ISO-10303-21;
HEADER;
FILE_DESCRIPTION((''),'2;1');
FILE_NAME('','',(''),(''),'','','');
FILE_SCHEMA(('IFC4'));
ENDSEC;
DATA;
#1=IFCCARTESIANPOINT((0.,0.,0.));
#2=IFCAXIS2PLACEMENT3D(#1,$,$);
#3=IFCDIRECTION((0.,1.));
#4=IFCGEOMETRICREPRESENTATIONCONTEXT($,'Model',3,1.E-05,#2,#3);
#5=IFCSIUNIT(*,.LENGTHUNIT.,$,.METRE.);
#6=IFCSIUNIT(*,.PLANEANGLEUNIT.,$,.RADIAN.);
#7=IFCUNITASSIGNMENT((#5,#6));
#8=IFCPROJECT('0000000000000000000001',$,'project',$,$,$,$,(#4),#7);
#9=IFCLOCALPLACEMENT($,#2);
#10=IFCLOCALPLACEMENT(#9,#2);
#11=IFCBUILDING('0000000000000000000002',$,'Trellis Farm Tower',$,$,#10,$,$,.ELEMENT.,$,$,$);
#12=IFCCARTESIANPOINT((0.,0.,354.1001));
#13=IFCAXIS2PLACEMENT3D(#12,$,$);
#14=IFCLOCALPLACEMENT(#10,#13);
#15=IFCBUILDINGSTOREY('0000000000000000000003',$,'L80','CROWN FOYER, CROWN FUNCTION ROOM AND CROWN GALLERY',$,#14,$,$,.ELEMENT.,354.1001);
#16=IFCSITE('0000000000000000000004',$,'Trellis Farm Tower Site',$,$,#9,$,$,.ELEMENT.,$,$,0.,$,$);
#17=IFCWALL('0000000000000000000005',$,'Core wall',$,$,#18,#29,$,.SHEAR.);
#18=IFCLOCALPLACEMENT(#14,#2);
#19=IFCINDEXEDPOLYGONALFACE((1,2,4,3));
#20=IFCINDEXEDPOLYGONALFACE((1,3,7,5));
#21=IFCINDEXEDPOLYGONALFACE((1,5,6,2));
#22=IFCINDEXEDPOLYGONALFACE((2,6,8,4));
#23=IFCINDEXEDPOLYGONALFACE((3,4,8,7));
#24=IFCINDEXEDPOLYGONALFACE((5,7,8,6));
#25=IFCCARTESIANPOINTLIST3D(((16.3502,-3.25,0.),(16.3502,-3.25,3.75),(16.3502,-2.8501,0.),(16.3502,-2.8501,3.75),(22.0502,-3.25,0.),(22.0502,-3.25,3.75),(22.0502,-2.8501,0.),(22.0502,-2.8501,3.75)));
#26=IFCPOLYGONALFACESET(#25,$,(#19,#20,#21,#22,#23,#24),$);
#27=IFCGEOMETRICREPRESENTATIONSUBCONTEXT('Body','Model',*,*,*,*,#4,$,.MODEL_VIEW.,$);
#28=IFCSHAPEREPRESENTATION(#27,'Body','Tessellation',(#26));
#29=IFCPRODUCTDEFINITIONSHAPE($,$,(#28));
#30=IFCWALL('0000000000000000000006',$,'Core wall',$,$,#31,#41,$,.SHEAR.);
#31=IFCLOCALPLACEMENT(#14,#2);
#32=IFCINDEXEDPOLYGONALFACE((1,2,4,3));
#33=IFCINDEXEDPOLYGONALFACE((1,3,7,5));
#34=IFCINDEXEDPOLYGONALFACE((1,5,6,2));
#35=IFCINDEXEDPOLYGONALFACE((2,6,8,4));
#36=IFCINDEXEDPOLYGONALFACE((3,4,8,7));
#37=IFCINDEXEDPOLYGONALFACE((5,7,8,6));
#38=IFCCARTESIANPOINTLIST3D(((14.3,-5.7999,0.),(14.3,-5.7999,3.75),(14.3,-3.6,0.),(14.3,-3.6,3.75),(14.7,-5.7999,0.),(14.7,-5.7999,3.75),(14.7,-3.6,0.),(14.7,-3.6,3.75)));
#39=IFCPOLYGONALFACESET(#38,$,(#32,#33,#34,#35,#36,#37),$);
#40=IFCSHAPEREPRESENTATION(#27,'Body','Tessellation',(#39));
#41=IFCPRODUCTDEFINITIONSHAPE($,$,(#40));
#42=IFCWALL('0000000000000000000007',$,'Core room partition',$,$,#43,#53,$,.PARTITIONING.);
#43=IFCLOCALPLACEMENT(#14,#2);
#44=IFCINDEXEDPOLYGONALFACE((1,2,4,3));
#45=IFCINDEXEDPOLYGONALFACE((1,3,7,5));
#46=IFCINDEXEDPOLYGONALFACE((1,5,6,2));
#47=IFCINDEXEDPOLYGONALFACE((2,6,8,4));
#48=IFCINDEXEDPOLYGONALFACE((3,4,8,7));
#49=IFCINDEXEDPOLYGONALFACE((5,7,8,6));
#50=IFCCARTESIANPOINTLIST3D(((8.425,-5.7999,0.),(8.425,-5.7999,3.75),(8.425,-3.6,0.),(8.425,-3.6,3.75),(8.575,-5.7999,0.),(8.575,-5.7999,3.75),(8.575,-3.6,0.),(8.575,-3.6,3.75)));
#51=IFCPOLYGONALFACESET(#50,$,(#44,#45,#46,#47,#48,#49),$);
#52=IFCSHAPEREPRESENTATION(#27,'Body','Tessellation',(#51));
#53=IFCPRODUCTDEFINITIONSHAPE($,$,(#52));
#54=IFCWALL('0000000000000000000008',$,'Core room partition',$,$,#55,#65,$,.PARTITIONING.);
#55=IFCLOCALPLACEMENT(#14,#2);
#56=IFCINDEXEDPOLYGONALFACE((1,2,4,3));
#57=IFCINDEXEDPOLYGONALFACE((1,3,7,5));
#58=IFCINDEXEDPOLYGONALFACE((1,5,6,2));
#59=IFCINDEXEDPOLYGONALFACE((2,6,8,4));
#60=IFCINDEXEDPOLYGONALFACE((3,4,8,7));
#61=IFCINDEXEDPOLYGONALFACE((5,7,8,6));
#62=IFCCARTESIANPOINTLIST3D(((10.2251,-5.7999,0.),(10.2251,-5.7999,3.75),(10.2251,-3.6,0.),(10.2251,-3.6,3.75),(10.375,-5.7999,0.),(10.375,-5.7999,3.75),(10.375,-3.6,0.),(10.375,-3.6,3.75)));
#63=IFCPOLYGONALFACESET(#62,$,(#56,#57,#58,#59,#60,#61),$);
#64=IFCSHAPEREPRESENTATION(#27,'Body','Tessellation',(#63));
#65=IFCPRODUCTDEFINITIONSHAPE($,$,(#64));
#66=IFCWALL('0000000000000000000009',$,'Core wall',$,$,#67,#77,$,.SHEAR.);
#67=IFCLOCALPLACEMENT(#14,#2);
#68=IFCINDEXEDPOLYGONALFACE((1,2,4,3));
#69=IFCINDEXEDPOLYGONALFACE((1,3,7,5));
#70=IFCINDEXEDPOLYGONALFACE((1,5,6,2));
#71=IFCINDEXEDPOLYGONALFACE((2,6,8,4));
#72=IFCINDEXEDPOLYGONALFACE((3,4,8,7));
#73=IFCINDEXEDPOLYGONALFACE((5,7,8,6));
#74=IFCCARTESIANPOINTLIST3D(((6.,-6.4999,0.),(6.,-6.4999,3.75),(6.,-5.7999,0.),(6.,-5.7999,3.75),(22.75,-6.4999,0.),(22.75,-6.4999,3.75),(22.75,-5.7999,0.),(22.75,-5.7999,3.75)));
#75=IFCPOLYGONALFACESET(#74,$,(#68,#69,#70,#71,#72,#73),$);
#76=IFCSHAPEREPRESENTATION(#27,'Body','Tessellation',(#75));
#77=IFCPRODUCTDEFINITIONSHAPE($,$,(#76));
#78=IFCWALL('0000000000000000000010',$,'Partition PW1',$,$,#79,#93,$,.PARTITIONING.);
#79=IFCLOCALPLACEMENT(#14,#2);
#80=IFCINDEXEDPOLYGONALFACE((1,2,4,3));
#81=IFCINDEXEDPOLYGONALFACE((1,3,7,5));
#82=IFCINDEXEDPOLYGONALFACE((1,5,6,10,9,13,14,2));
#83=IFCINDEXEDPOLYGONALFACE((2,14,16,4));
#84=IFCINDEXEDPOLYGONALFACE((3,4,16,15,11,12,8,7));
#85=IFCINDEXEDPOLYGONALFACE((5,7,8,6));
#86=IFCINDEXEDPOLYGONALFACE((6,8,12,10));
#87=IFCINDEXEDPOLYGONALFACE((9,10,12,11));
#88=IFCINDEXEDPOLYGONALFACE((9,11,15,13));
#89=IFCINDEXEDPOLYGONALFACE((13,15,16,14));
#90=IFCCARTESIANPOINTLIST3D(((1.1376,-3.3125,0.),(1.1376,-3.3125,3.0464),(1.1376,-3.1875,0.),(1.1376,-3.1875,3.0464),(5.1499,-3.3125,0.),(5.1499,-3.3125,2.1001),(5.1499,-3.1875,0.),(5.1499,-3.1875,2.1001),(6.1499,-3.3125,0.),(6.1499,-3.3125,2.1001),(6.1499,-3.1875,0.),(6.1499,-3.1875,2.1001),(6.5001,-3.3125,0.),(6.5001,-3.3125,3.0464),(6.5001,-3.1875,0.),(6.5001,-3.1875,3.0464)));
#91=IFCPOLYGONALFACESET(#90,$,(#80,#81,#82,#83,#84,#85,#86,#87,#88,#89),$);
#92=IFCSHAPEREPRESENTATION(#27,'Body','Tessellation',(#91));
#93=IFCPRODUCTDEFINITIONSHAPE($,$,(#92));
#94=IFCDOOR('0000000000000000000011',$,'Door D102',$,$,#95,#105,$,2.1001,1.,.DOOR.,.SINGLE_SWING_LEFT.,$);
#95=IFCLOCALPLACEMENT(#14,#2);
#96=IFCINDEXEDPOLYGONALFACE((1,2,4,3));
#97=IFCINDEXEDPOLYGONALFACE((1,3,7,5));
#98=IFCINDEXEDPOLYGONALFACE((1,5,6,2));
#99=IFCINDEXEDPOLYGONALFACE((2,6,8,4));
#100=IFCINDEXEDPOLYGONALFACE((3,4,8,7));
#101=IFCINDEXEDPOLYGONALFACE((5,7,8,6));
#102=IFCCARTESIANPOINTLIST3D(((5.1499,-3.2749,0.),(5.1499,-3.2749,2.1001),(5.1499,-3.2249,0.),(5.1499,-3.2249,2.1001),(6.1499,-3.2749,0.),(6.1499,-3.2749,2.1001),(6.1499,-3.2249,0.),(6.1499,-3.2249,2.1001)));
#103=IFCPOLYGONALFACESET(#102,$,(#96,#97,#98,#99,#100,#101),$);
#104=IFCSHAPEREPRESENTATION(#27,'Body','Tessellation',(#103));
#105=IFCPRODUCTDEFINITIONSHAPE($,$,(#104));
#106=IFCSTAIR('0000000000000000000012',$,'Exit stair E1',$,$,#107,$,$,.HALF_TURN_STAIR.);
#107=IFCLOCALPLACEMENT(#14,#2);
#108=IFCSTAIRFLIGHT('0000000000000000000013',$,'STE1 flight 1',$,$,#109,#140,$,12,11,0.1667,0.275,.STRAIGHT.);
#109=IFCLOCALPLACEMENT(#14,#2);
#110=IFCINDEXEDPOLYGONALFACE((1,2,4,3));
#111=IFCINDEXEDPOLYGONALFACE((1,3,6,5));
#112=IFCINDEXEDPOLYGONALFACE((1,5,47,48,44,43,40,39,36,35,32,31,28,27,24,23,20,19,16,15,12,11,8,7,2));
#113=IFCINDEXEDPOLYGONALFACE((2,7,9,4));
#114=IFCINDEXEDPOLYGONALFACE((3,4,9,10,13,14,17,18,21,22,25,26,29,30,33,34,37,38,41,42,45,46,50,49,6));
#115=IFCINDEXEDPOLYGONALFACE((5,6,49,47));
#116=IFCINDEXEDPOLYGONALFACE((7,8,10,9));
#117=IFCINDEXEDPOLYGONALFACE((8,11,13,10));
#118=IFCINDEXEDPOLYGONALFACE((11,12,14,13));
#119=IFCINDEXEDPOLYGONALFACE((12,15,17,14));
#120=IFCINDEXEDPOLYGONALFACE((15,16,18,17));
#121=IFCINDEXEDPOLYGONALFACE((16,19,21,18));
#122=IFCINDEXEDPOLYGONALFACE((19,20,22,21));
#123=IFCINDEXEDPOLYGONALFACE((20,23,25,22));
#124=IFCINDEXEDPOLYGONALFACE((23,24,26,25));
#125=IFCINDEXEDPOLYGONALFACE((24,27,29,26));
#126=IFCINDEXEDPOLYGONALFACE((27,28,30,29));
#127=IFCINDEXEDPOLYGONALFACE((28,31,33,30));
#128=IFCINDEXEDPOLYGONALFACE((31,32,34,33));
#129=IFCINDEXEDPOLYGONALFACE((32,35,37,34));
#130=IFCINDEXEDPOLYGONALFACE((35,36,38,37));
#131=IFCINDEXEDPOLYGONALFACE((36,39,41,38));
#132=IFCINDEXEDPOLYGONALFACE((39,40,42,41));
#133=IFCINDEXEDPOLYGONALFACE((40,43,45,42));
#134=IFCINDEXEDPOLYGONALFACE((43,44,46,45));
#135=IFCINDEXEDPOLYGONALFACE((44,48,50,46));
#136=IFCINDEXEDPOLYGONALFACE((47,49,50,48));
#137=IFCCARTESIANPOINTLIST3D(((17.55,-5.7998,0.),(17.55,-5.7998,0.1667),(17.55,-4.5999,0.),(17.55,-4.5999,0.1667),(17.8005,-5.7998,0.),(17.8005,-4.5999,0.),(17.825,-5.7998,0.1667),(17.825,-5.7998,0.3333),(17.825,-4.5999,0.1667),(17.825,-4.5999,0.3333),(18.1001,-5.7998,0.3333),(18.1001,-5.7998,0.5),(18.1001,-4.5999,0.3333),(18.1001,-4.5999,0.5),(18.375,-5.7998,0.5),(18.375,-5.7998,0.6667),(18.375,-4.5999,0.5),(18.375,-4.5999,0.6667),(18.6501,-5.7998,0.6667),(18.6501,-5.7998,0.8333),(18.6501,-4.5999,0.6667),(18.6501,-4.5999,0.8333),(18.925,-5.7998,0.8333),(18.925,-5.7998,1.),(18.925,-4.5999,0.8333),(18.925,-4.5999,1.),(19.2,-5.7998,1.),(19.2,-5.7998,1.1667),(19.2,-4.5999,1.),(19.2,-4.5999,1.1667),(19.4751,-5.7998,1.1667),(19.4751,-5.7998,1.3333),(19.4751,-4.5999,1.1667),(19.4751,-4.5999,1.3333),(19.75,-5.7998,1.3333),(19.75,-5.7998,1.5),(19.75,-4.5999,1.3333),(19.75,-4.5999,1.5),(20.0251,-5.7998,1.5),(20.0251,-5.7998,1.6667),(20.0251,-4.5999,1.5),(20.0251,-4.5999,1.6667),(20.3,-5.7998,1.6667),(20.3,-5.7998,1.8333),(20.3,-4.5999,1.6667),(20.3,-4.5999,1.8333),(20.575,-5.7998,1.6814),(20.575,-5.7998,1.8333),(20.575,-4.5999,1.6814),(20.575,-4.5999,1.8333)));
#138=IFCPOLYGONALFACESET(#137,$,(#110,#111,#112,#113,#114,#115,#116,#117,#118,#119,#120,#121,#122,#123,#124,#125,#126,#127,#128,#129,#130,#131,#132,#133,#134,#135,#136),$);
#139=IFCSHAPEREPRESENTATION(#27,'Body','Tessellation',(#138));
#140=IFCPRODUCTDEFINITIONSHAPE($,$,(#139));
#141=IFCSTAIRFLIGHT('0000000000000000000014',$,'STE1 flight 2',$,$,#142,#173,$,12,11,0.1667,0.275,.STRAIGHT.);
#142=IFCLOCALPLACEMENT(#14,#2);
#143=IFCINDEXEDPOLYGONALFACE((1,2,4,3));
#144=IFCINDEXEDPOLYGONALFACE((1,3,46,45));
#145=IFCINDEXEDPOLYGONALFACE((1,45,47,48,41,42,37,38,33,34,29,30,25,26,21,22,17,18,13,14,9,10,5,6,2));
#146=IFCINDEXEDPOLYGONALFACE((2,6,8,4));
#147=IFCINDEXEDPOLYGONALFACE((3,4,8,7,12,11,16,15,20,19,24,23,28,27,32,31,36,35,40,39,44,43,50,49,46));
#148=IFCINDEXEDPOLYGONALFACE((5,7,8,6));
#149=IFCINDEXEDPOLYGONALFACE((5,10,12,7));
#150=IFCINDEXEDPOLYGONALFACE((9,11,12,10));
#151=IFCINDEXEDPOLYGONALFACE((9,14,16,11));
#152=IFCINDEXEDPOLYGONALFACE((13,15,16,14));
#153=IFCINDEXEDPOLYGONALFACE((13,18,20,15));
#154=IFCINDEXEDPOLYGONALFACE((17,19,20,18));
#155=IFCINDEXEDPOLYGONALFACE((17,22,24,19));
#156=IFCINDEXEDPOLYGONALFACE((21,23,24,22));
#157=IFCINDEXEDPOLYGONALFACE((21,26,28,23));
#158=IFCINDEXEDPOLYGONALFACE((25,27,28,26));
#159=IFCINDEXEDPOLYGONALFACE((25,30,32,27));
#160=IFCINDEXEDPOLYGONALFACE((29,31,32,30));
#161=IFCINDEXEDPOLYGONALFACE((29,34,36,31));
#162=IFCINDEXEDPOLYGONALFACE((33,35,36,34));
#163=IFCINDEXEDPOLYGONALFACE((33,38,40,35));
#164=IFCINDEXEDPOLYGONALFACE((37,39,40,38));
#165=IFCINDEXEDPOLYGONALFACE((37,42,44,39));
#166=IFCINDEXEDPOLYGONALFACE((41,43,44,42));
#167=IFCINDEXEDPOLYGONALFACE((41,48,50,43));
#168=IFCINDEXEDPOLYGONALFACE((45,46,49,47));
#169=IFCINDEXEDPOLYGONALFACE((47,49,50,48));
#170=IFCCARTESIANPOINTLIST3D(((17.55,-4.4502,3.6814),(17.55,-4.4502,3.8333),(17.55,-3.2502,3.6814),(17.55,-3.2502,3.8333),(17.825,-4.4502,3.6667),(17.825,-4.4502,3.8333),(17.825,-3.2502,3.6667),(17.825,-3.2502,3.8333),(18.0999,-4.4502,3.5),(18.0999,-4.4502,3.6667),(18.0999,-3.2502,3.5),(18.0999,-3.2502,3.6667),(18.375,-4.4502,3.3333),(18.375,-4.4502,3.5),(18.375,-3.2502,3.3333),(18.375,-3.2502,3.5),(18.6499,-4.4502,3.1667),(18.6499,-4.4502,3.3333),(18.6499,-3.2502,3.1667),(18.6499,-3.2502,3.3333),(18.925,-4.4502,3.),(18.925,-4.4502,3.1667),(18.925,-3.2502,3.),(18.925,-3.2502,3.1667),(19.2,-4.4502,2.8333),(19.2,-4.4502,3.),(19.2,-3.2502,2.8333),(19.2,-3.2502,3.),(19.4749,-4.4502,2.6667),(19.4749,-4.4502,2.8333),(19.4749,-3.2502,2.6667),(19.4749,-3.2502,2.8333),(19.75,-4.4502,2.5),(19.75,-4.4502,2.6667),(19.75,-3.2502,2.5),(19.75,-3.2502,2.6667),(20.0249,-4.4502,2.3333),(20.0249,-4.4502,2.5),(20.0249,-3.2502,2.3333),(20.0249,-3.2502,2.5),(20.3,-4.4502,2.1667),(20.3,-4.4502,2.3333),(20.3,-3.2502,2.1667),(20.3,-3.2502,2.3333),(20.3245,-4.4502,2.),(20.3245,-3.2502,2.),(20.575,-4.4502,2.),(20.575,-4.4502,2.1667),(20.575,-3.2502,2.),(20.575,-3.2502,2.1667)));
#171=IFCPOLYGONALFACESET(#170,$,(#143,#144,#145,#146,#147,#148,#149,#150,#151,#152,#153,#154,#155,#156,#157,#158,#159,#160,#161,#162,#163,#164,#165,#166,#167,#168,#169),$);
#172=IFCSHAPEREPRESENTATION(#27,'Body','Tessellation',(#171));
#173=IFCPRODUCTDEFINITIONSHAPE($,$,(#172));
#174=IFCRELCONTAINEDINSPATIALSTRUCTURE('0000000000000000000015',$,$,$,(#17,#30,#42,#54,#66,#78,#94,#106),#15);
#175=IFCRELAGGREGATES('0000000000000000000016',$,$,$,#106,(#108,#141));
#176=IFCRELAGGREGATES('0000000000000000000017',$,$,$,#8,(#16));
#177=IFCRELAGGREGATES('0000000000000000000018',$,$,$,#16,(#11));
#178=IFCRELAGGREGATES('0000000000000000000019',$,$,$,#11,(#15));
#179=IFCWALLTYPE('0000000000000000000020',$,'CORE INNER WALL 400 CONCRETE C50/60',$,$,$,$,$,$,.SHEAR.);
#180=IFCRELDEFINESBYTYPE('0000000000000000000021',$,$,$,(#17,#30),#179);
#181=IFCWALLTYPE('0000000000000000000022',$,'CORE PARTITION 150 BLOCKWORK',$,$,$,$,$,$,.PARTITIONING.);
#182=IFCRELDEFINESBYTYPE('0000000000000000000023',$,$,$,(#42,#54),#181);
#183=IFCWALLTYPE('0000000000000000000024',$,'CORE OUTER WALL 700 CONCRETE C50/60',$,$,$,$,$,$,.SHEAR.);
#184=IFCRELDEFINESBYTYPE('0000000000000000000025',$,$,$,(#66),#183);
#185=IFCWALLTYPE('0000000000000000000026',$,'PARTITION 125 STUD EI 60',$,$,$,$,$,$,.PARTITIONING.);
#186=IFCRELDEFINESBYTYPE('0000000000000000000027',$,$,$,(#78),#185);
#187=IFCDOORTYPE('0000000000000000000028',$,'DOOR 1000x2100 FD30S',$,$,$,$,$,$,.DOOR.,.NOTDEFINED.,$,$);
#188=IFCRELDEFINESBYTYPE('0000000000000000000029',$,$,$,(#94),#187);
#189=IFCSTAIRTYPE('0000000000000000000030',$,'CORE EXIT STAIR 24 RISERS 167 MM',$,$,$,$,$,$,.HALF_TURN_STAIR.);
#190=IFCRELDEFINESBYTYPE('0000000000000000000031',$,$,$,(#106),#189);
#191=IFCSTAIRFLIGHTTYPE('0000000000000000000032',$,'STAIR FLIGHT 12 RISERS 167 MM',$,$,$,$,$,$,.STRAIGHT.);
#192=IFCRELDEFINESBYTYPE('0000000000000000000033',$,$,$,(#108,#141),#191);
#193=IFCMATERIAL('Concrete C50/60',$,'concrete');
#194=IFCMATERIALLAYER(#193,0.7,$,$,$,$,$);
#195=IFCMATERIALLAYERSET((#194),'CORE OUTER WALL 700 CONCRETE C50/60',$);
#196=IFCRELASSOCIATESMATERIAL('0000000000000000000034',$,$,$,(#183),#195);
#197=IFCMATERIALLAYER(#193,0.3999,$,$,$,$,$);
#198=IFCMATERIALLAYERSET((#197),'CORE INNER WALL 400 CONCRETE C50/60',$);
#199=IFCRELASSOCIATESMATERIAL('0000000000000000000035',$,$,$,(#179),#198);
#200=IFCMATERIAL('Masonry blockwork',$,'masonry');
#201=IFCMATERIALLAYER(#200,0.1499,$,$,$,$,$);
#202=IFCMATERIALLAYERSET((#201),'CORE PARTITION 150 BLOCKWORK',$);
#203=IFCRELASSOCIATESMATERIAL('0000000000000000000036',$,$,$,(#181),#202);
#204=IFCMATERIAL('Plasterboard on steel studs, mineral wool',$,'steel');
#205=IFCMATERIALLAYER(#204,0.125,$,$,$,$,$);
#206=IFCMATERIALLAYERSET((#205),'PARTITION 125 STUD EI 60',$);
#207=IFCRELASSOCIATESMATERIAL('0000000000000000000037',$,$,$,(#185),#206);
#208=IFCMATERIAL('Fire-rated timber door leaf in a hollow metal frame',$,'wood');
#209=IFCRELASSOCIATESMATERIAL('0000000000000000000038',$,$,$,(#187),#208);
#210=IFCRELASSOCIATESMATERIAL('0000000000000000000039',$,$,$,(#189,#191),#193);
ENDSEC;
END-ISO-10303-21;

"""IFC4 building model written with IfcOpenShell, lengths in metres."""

from ifc_helpers import new_model, si_unit, direction, frame, frame_2d, origin, place, context, subcontext, project, spatial, polyline, rectangle, outline, extrude, source, transform, mapped, material, layer, layer_set, type_object, element, fill, aggregate, save


model = new_model("IFC4")

# Units and contexts
model_context = context("Model", 3, precision=1e-05, world=origin(), true_north=direction((0.0, 1.0)))
body_context = subcontext(model_context, "Body", "Model", "MODEL_VIEW")
ifc_project = project(units=[si_unit("LENGTHUNIT", "METRE"), si_unit("PLANEANGLEUNIT", "RADIAN")], contexts=[model_context])

# Site, building, storey
site_placement = place(None, origin())
site = spatial("IfcSite", under=ifc_project, at=site_placement, Name="Trellis Farm Tower Site", CompositionType="ELEMENT", RefElevation=0.0)
building_placement = place(site_placement, origin())
building = spatial("IfcBuilding", under=site, at=building_placement, Name="Trellis Farm Tower", CompositionType="ELEMENT")
storey_placement = place(building_placement, frame((0.0, 0.0, 354.1001)))
storey = spatial("IfcBuildingStorey", under=building, at=storey_placement, Name="L80", Description="CROWN FOYER, CROWN FUNCTION ROOM AND CROWN GALLERY", CompositionType="ELEMENT", Elevation=354.1001)

# Shared definitions
ifc_material_1 = material(Name="Concrete C50/60", Category="concrete")

# Shared definitions
placement = place(storey_placement, origin())

# Shared definitions
ifc_layer_1 = layer(ifc_material_1, 0.7)
ifc_layer_set_1 = layer_set([ifc_layer_1], Name="CORE OUTER WALL 700 CONCRETE C50/60")
wall_type_1 = type_object("IfcWallType", Name="CORE OUTER WALL 700 CONCRETE C50/60", PredefinedType="SHEAR", material=ifc_layer_set_1)

# Shared definitions
ifc_layer_2 = layer(ifc_material_1, 0.3999)
ifc_layer_set_2 = layer_set([ifc_layer_2], Name="CORE INNER WALL 400 CONCRETE C50/60")
wall_type_2 = type_object("IfcWallType", Name="CORE INNER WALL 400 CONCRETE C50/60", PredefinedType="SHEAR", material=ifc_layer_set_2)

# Shared definitions
shared_shape_1 = source(origin(), body_context, "Body", "SweptSolid", [
    extrude(rectangle(XDim=1.0, YDim=2.1001, at=frame_2d((0.5, 1.05))), frame((0.0, 0.0249, 0.0), z_axis=(0.0, -1.0, 0.0), x_axis=(1.0, 0.0, 0.0)), (0.0, 0.0, 1.0), 0.05),
])

# Walls
shared_shape_2 = source(origin(), body_context, "Body", "SweptSolid", [
    extrude(rectangle(XDim=5.7, YDim=0.3999, at=frame_2d((2.8501, 0.0))), origin(), (0.0, 0.0, 1.0), 3.75),
])
wall_1_placement = place(storey_placement, frame((16.3501, -3.05, 0.0), z_axis=(0.0, 0.0, 1.0), x_axis=(1.0, 0.0, 0.0)))
element("IfcWall", 1, at=wall_1_placement, inside=storey, type_object=wall_type_2, Name="Core wall", PredefinedType="SHEAR", context=body_context, shape_type="MappedRepresentation", body=[
    mapped(shared_shape_2, transform((0.0, 0.0, 0.0))),
])
shared_shape_3 = source(origin(), body_context, "Body", "SweptSolid", [
    extrude(rectangle(XDim=2.2, YDim=0.3999, at=frame_2d((1.1001, 0.0))), origin(), (0.0, 0.0, 1.0), 3.75),
])
wall_2_placement = place(storey_placement, frame((14.5, -5.8, 0.0), z_axis=(0.0, 0.0, 1.0), x_axis=(0.0, 1.0, 0.0)))
element("IfcWall", 2, at=wall_2_placement, inside=storey, type_object=wall_type_2, Name="Core wall", PredefinedType="SHEAR", context=body_context, shape_type="MappedRepresentation", body=[
    mapped(shared_shape_3, transform((0.0, 0.0, 0.0))),
])
ifc_material_2 = material(Name="Masonry blockwork", Category="masonry")
ifc_layer_3 = layer(ifc_material_2, 0.1499)
ifc_layer_set_3 = layer_set([ifc_layer_3], Name="CORE PARTITION 150 BLOCKWORK")
wall_type_3 = type_object("IfcWallType", Name="CORE PARTITION 150 BLOCKWORK", PredefinedType="PARTITIONING", material=ifc_layer_set_3)
shared_shape_4 = source(origin(), body_context, "Body", "SweptSolid", [
    extrude(rectangle(XDim=2.2, YDim=0.1499, at=frame_2d((1.1001, 0.0))), origin(), (0.0, 0.0, 1.0), 3.75),
])
for number, where, z_axis, x_axis, name in (
    (3, (8.5, -5.8, 0.0), (0.0, 0.0, 1.0), (0.0, 1.0, 0.0), "Core room partition"),
    (4, (10.3, -5.8, 0.0), (0.0, 0.0, 1.0), (0.0, 1.0, 0.0), "Core room partition"),
):
    element("IfcWall", number, at=place(storey_placement, frame(where, z_axis=z_axis, x_axis=x_axis)), inside=storey, type_object=wall_type_3, Name=name, PredefinedType="PARTITIONING", context=body_context, shape_type="MappedRepresentation", body=[
        mapped(shared_shape_4, transform((0.0, 0.0, 0.0))),
    ])
shared_shape_5 = source(origin(), body_context, "Body", "SweptSolid", [
    extrude(rectangle(XDim=16.75, YDim=0.7, at=frame_2d((8.375, 0.0))), origin(), (0.0, 0.0, 1.0), 3.75),
])
wall_3_placement = place(storey_placement, frame((6.0, -6.1499, 0.0), z_axis=(0.0, 0.0, 1.0), x_axis=(1.0, 0.0, 0.0)))
element("IfcWall", 5, at=wall_3_placement, inside=storey, type_object=wall_type_1, Name="Core wall", PredefinedType="SHEAR", context=body_context, shape_type="MappedRepresentation", body=[
    mapped(shared_shape_5, transform((0.0, 0.0, 0.0))),
])

# Wall, opening, door
ifc_material_3 = material(Name="Plasterboard on steel studs, mineral wool", Category="steel")
ifc_layer_4 = layer(ifc_material_3, 0.125)
ifc_layer_set_4 = layer_set([ifc_layer_4], Name="PARTITION 125 STUD EI 60")
wall_type_4 = type_object("IfcWallType", Name="PARTITION 125 STUD EI 60", PredefinedType="PARTITIONING", material=ifc_layer_set_4)
shared_shape_6 = source(origin(), body_context, "Body", "SweptSolid", [
    extrude(rectangle(XDim=5.3625, YDim=0.125, at=frame_2d((2.6812, 0.0))), origin(), (0.0, 0.0, 1.0), 3.0464),
])
wall_4_placement = place(storey_placement, frame((6.5, -3.25, 0.0), z_axis=(0.0, 0.0, 1.0), x_axis=(-1.0, 0.0, 0.0)))
wall_4 = element("IfcWall", 6, at=wall_4_placement, inside=storey, type_object=wall_type_4, Name="Partition PW1", PredefinedType="PARTITIONING", context=body_context, shape_type="MappedRepresentation", body=[
    mapped(shared_shape_6, transform((0.0, 0.0, 0.0))),
])
shared_shape_7 = source(origin(), body_context, "Body", "SweptSolid", [
    extrude(rectangle(XDim=1.0, YDim=2.1001, at=frame_2d((0.5, 1.05))), frame((0.0, 0.0725, 0.0), z_axis=(0.0, -1.0, 0.0), x_axis=(1.0, 0.0, 0.0)), (0.0, 0.0, 1.0), 0.145),
])
opening_1_placement = place(wall_4_placement, frame((0.3501, 0.0, 0.0)))
opening_1 = element("IfcOpeningElement", 7, at=opening_1_placement, cuts=wall_4, PredefinedType="OPENING", context=body_context, shape_type="MappedRepresentation", body=[
    mapped(shared_shape_7, transform((0.0, 0.0, 0.0))),
])
ifc_material_4 = material(Name="Fire-rated timber door leaf in a hollow metal frame", Category="wood")
door_type_1 = type_object("IfcDoorType", Name="DOOR 1000x2100 FD30S", OperationType="NOTDEFINED", PredefinedType="DOOR", material=ifc_material_4)
door_1_placement = place(opening_1_placement, origin())
door_1 = element("IfcDoor", 8, at=door_1_placement, inside=storey, type_object=door_type_1, Name="Door D102", OperationType="SINGLE_SWING_LEFT", OverallHeight=2.1001, OverallWidth=1.0, PredefinedType="DOOR", context=body_context, shape_type="MappedRepresentation", body=[
    mapped(shared_shape_1, transform((0.0, 0.0, 0.0))),
])
fill(opening_1, door_1)

# Stair, stair flights
stair_type = type_object("IfcStairType", Name="CORE EXIT STAIR 24 RISERS 167 MM", PredefinedType="HALF_TURN_STAIR", material=ifc_material_1)
stair_1 = element("IfcStair", 9, at=placement, inside=storey, type_object=stair_type, Name="Exit stair E1", PredefinedType="HALF_TURN_STAIR")
stair_flight_type = type_object("IfcStairFlightType", Name="STAIR FLIGHT 12 RISERS 167 MM", PredefinedType="STRAIGHT", material=ifc_material_1)
shared_shape_8 = source(origin(), body_context, "Body", "SweptSolid", [
    extrude(outline(polyline([(0.0, 0.0), (0.0, 0.1667), (0.2749, 0.1667), (0.2749, 0.3333), (0.55, 0.3333), (0.55, 0.5), (0.825, 0.5), (0.825, 0.6667), (1.1001, 0.6667), (1.1001, 0.8333), (1.375, 0.8333), (1.375, 1.0), (1.6499, 1.0), (1.6499, 1.1667), (1.925, 1.1667), (1.925, 1.3333), (2.2, 1.3333), (2.2, 1.5), (2.4751, 1.5), (2.4751, 1.6667), (2.75, 1.6667), (2.75, 1.8333), (3.0249, 1.8333), (3.0249, 2.0), (3.0249, 1.6814), (0.2505, 0.0), (0.0, 0.0)])), frame((0.0, 0.6001, 0.0), z_axis=(0.0, -1.0, 0.0), x_axis=(1.0, 0.0, 0.0)), (0.0, 0.0, 1.0), 1.2),
])
stair_flight_1_placement = place(storey_placement, frame((17.55, -5.2, 0.0), z_axis=(0.0, 0.0, 1.0), x_axis=(1.0, 0.0, 0.0)))
stair_flight_1 = element("IfcStairFlight", 10, at=stair_flight_1_placement, type_object=stair_flight_type, Name="STE1 flight 1", NumberOfRisers=12, NumberOfTreads=11, PredefinedType="STRAIGHT", RiserHeight=0.1667, TreadLength=0.275, context=body_context, shape_type="MappedRepresentation", body=[
    mapped(shared_shape_8, transform((0.0, 0.0, 0.0))),
])
stair_flight_2_placement = place(storey_placement, frame((20.575, -3.8501, 2.0), z_axis=(0.0, 0.0, 1.0), x_axis=(-1.0, 0.0, 0.0)))
stair_flight_2 = element("IfcStairFlight", 11, at=stair_flight_2_placement, type_object=stair_flight_type, Name="STE1 flight 2", NumberOfRisers=12, NumberOfTreads=11, PredefinedType="STRAIGHT", RiserHeight=0.1667, TreadLength=0.275, context=body_context, shape_type="MappedRepresentation", body=[
    mapped(shared_shape_8, transform((0.0, 0.0, 0.0))),
])
aggregate(stair_1, [stair_flight_1, stair_flight_2])

save(model, "model.ifc")
